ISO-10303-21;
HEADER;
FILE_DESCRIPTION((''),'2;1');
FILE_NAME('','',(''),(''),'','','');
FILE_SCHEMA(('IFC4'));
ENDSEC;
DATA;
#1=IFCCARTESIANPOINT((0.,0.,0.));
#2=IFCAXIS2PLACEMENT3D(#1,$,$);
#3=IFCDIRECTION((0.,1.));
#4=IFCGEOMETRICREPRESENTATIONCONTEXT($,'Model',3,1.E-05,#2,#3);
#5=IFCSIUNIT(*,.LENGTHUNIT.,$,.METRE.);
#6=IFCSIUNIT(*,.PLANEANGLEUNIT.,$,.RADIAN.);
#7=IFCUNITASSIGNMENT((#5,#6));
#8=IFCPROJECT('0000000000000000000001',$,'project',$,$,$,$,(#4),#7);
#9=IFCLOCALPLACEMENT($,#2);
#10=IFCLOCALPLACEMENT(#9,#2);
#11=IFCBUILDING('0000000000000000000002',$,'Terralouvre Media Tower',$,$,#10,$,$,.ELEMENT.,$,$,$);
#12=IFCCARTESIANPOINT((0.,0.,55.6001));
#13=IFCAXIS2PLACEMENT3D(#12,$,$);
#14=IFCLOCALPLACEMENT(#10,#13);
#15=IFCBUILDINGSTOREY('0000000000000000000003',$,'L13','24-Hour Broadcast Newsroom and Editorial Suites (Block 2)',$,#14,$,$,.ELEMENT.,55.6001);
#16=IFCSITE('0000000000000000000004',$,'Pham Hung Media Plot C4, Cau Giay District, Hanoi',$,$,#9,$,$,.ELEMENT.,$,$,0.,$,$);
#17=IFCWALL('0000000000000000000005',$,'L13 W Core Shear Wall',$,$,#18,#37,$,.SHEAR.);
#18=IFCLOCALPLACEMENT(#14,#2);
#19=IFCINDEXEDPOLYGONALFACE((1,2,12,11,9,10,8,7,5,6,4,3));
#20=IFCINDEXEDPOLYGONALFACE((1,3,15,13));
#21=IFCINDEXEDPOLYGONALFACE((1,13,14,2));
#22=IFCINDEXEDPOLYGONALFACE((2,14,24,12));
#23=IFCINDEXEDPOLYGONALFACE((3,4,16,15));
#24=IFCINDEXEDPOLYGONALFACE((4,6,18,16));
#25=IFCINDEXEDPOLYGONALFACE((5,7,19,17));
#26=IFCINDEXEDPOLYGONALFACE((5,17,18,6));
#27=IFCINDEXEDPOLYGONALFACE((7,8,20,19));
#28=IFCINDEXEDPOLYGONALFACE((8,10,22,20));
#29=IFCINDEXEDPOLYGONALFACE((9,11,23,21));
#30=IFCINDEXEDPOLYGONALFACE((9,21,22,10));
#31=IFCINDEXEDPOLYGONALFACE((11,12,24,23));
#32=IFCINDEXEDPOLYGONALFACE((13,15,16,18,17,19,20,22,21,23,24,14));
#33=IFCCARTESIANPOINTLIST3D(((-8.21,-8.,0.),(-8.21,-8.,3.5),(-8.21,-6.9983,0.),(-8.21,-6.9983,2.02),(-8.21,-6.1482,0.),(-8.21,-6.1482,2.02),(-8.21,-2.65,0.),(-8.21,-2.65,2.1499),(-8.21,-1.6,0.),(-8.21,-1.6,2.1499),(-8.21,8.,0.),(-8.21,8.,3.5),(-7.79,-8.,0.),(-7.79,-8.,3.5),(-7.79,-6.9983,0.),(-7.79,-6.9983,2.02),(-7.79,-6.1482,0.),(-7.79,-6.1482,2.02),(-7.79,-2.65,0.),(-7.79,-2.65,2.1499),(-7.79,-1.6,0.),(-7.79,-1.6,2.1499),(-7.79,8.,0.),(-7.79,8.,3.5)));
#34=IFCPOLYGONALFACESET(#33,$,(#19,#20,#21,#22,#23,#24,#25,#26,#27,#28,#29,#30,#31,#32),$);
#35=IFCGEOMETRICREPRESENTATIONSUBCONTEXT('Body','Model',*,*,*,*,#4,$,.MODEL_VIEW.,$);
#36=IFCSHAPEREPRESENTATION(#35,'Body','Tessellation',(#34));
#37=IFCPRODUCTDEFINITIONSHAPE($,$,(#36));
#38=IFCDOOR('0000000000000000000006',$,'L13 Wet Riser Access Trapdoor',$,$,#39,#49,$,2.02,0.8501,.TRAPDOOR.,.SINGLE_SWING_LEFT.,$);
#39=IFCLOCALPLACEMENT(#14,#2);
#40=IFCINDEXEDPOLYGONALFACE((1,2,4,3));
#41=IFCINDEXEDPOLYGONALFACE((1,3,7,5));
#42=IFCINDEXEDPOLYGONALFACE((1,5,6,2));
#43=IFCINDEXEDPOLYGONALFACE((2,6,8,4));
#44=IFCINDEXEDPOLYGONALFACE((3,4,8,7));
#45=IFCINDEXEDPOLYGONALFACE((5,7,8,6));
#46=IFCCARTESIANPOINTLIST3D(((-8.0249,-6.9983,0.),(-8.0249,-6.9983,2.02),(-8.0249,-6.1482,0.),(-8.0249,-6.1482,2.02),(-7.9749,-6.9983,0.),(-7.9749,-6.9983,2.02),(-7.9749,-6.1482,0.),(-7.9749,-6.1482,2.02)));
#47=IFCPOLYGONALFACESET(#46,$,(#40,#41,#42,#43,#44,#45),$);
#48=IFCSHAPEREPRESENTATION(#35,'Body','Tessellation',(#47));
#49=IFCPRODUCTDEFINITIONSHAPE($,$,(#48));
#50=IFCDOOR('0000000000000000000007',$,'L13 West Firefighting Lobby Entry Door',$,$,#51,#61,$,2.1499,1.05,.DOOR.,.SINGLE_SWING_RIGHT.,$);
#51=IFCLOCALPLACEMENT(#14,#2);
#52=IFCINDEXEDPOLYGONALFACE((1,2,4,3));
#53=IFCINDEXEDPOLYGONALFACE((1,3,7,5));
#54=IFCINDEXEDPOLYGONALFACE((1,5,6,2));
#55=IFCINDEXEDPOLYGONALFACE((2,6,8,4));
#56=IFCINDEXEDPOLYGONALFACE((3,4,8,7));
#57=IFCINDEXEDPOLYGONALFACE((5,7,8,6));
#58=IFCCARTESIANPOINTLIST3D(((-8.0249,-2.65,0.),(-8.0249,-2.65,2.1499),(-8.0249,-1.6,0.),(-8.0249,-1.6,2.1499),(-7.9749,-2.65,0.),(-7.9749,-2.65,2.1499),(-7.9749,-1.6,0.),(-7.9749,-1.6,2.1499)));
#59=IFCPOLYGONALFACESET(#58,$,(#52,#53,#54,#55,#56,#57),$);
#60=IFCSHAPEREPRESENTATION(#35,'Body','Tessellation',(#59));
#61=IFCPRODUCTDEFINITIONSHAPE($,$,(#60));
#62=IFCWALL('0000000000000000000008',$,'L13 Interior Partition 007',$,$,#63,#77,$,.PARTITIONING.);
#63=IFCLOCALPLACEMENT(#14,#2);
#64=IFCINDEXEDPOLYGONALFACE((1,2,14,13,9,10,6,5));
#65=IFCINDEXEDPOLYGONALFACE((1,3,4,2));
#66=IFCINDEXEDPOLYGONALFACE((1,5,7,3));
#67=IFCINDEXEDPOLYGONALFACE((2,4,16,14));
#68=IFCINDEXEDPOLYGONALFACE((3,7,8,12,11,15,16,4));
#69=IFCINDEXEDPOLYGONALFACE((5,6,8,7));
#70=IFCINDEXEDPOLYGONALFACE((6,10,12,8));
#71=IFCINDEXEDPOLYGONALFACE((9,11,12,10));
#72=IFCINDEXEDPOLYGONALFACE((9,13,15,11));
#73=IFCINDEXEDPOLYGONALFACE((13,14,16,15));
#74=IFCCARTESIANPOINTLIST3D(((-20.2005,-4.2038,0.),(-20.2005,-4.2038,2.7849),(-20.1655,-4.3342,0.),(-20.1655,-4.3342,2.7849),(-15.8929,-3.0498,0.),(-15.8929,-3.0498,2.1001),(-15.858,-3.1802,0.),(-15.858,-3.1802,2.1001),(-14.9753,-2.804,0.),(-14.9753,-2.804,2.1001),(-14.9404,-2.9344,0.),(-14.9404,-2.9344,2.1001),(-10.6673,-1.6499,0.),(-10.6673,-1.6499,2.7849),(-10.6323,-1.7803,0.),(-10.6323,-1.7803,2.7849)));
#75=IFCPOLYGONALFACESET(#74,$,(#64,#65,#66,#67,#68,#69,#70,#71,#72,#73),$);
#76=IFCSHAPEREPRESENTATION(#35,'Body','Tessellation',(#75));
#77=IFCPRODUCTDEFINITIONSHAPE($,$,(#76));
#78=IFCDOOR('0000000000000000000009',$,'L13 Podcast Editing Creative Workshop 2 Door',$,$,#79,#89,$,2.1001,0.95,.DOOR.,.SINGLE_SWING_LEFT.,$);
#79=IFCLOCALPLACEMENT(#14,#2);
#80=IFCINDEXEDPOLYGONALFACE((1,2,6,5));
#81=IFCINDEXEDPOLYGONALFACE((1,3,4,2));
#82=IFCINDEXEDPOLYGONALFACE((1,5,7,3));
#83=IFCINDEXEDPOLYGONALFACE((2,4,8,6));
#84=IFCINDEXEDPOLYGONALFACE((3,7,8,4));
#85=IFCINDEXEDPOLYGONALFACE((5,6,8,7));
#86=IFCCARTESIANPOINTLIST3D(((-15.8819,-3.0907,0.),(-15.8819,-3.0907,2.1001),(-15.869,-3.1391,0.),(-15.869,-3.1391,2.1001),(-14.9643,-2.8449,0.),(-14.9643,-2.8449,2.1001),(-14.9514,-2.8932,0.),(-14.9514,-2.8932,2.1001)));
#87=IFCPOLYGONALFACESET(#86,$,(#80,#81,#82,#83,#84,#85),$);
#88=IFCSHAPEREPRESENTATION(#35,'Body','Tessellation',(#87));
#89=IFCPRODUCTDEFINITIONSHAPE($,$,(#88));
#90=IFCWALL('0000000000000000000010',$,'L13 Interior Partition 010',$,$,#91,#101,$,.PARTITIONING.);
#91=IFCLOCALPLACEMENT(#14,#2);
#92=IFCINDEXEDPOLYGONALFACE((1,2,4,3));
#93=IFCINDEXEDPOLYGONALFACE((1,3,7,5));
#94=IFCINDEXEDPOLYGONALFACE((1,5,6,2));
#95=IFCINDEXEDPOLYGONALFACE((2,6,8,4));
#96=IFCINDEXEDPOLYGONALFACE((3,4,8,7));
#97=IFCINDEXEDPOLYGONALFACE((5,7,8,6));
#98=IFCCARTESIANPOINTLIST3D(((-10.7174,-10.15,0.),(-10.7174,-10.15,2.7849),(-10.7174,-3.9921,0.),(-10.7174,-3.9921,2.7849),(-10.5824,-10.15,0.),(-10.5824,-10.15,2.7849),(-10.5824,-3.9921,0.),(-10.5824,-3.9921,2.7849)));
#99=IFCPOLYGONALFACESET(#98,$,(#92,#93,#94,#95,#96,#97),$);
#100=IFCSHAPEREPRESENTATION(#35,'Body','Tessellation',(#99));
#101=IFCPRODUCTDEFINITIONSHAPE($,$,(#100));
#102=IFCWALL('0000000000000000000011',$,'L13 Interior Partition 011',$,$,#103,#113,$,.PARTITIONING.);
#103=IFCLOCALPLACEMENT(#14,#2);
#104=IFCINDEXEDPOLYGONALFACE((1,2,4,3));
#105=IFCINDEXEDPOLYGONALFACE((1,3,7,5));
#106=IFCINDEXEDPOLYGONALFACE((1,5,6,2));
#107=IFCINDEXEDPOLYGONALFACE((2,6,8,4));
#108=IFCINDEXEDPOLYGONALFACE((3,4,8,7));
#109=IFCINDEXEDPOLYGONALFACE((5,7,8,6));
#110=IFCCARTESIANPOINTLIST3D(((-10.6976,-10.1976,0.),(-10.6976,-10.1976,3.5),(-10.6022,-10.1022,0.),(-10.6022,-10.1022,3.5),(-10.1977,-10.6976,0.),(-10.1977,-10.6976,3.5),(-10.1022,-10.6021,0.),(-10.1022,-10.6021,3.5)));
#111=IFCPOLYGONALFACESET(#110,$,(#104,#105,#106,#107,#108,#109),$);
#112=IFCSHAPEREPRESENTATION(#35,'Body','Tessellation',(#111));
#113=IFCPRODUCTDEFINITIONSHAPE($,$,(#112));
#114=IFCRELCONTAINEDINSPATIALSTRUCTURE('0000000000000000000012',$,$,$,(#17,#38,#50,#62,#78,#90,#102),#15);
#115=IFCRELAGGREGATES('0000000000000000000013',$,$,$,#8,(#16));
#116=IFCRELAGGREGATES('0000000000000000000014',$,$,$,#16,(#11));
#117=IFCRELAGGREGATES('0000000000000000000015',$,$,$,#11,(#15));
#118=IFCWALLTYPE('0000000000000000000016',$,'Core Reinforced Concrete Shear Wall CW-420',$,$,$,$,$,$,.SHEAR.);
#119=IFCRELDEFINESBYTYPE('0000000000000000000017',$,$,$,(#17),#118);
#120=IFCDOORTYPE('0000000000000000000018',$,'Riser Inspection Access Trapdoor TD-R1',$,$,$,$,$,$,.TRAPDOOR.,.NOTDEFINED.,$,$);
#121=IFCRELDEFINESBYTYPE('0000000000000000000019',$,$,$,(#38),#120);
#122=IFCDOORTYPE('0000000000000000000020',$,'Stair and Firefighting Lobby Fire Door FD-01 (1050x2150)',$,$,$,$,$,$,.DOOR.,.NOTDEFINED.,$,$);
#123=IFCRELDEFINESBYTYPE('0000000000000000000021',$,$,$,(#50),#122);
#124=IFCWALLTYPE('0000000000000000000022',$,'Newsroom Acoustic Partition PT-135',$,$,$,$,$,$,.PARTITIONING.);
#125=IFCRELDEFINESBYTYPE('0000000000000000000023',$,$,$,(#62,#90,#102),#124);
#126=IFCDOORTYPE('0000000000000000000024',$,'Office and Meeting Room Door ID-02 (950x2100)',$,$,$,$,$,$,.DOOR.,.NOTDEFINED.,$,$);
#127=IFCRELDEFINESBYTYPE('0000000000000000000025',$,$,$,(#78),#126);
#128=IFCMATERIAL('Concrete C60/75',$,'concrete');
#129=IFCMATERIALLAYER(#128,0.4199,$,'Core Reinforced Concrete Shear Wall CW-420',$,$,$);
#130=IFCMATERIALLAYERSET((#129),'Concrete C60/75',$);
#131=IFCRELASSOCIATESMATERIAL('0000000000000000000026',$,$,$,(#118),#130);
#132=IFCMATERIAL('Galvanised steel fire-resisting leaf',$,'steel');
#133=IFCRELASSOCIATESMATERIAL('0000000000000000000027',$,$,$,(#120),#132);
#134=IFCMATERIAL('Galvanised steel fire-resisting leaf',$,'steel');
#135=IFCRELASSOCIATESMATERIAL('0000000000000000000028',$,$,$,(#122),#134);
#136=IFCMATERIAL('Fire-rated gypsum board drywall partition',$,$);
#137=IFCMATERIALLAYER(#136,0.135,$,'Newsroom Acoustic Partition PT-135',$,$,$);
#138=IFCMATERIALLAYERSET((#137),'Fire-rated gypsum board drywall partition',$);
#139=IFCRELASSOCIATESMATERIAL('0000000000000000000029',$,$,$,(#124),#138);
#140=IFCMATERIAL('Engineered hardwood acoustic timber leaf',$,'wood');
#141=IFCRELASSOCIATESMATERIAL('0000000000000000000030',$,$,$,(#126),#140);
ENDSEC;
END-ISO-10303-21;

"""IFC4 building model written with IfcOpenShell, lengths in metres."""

from ifc_helpers import new_model, si_unit, direction, frame, frame_2d, origin, place, context, subcontext, project, spatial, rectangle, extrude, material, layer, layer_set, type_object, element, fill, save


model = new_model("IFC4")

# Units and contexts
model_context = context("Model", 3, precision=1e-05, world=origin(), true_north=direction((0.0, 1.0)))
body_context = subcontext(model_context, "Body", "Model", "MODEL_VIEW")
ifc_project = project(units=[si_unit("LENGTHUNIT", "METRE"), si_unit("PLANEANGLEUNIT", "RADIAN")], contexts=[model_context])

# Site, building, storey
site_placement = place(None, origin())
site = spatial("IfcSite", under=ifc_project, at=site_placement, Name="Pham Hung Media Plot C4, Cau Giay District, Hanoi", CompositionType="ELEMENT", RefElevation=0.0)
building_placement = place(site_placement, origin())
building = spatial("IfcBuilding", under=site, at=building_placement, Name="Terralouvre Media Tower", CompositionType="ELEMENT")
storey_placement = place(building_placement, frame((0.0, 0.0, 55.6001)))
storey = spatial("IfcBuildingStorey", under=building, at=storey_placement, Name="L13", Description="24-Hour Broadcast Newsroom and Editorial Suites (Block 2)", CompositionType="ELEMENT", Elevation=55.6001)

# Wall, openings, doors
ifc_material_1 = material(Name="Concrete C60/75", Category="concrete")
ifc_layer_1 = layer(ifc_material_1, 0.4199, Name="Core Reinforced Concrete Shear Wall CW-420")
ifc_layer_set_1 = layer_set([ifc_layer_1], Name="Concrete C60/75")
wall_type_1 = type_object("IfcWallType", Name="Core Reinforced Concrete Shear Wall CW-420", PredefinedType="SHEAR", material=ifc_layer_set_1)
wall_1_placement = place(storey_placement, frame((-8.0, -8.0, 0.0), z_axis=(0.0, 0.0, 1.0), x_axis=(0.0, 1.0, 0.0)))
wall_1 = element("IfcWall", 1, at=wall_1_placement, inside=storey, type_object=wall_type_1, Name="L13 W Core Shear Wall", PredefinedType="SHEAR", context=body_context, shape_type="SweptSolid", body=[
    extrude(rectangle(XDim=16.0, YDim=0.4199, at=frame_2d((8.0, 0.0))), origin(), (0.0, 0.0, 1.0), 3.5),
])
opening_1_placement = place(wall_1_placement, frame((1.0017, 0.0, 0.0)))
opening_1 = element("IfcOpeningElement", 2, at=opening_1_placement, cuts=wall_1, PredefinedType="OPENING", context=body_context, shape_type="SweptSolid", body=[
    extrude(rectangle(XDim=0.8501, YDim=2.02, at=frame_2d((0.425, 1.01))), frame((0.0, 0.22, 0.0), z_axis=(0.0, -1.0, 0.0), x_axis=(1.0, 0.0, 0.0)), (0.0, 0.0, 1.0), 0.4399),
])
opening_2_placement = place(wall_1_placement, frame((5.3501, 0.0, 0.0)))
opening_2 = element("IfcOpeningElement", 3, at=opening_2_placement, cuts=wall_1, PredefinedType="OPENING", context=body_context, shape_type="SweptSolid", body=[
    extrude(rectangle(XDim=1.05, YDim=2.1499, at=frame_2d((0.5249, 1.075))), frame((0.0, 0.22, 0.0), z_axis=(0.0, -1.0, 0.0), x_axis=(1.0, 0.0, 0.0)), (0.0, 0.0, 1.0), 0.4399),
])
ifc_material_2 = material(Name="Galvanised steel fire-resisting leaf", Category="steel")
door_type_1 = type_object("IfcDoorType", Name="Riser Inspection Access Trapdoor TD-R1", OperationType="NOTDEFINED", PredefinedType="TRAPDOOR", material=ifc_material_2)
door_1_placement = place(opening_1_placement, origin())
door_1 = element("IfcDoor", 4, at=door_1_placement, inside=storey, type_object=door_type_1, Name="L13 Wet Riser Access Trapdoor", OperationType="SINGLE_SWING_LEFT", OverallHeight=2.02, OverallWidth=0.8501, PredefinedType="TRAPDOOR", context=body_context, shape_type="SweptSolid", body=[
    extrude(rectangle(XDim=0.8501, YDim=2.02, at=frame_2d((0.425, 1.01))), frame((0.0, 0.0249, 0.0), z_axis=(0.0, -1.0, 0.0), x_axis=(1.0, 0.0, 0.0)), (0.0, 0.0, 1.0), 0.05),
])
fill(opening_1, door_1)
ifc_material_3 = material(Name="Galvanised steel fire-resisting leaf", Category="steel")
door_type_2 = type_object("IfcDoorType", Name="Stair and Firefighting Lobby Fire Door FD-01 (1050x2150)", OperationType="NOTDEFINED", PredefinedType="DOOR", material=ifc_material_3)
door_2_placement = place(opening_2_placement, origin())
door_2 = element("IfcDoor", 5, at=door_2_placement, inside=storey, type_object=door_type_2, Name="L13 West Firefighting Lobby Entry Door", OperationType="SINGLE_SWING_RIGHT", OverallHeight=2.1499, OverallWidth=1.05, PredefinedType="DOOR", context=body_context, shape_type="SweptSolid", body=[
    extrude(rectangle(XDim=1.05, YDim=2.1499, at=frame_2d((0.5249, 1.075))), frame((0.0, 0.0249, 0.0), z_axis=(0.0, -1.0, 0.0), x_axis=(1.0, 0.0, 0.0)), (0.0, 0.0, 1.0), 0.05),
])
fill(opening_2, door_2)

# Wall, opening, door
ifc_material_4 = material(Name="Fire-rated gypsum board drywall partition")
ifc_layer_2 = layer(ifc_material_4, 0.135, Name="Newsroom Acoustic Partition PT-135")
ifc_layer_set_2 = layer_set([ifc_layer_2], Name="Fire-rated gypsum board drywall partition")
wall_type_2 = type_object("IfcWallType", Name="Newsroom Acoustic Partition PT-135", PredefinedType="PARTITIONING", material=ifc_layer_set_2)
wall_2_placement = place(storey_placement, frame((-10.6499, -1.7151, 0.0), z_axis=(0.0, 0.0, 1.0), x_axis=(-0.965937, -0.258776, 0.0)))
wall_2 = element("IfcWall", 6, at=wall_2_placement, inside=storey, type_object=wall_type_2, Name="L13 Interior Partition 007", PredefinedType="PARTITIONING", context=body_context, shape_type="SweptSolid", body=[
    extrude(rectangle(XDim=9.8694, YDim=0.135, at=frame_2d((4.9346, 0.0))), origin(), (0.0, 0.0, 1.0), 2.7849),
])
opening_3_placement = place(wall_2_placement, frame((4.4597, 0.0, 0.0)))
opening_3 = element("IfcOpeningElement", 7, at=opening_3_placement, cuts=wall_2, PredefinedType="OPENING", context=body_context, shape_type="SweptSolid", body=[
    extrude(rectangle(XDim=0.95, YDim=2.1001, at=frame_2d((0.4751, 1.05))), frame((0.0, 0.0774, 0.0), z_axis=(0.0, -1.0, 0.0), x_axis=(1.0, 0.0, 0.0)), (0.0, 0.0, 1.0), 0.155),
])
ifc_material_5 = material(Name="Engineered hardwood acoustic timber leaf", Category="wood")
door_type_3 = type_object("IfcDoorType", Name="Office and Meeting Room Door ID-02 (950x2100)", OperationType="NOTDEFINED", PredefinedType="DOOR", material=ifc_material_5)
door_3_placement = place(opening_3_placement, origin())
door_3 = element("IfcDoor", 8, at=door_3_placement, inside=storey, type_object=door_type_3, Name="L13 Podcast Editing Creative Workshop 2 Door", OperationType="SINGLE_SWING_LEFT", OverallHeight=2.1001, OverallWidth=0.95, PredefinedType="DOOR", context=body_context, shape_type="SweptSolid", body=[
    extrude(rectangle(XDim=0.95, YDim=2.1001, at=frame_2d((0.4751, 1.05))), frame((0.0, 0.0249, 0.0), z_axis=(0.0, -1.0, 0.0), x_axis=(1.0, 0.0, 0.0)), (0.0, 0.0, 1.0), 0.05),
])
fill(opening_3, door_3)

# Walls
wall_3_placement = place(storey_placement, frame((-10.6499, -3.9919, 0.0), z_axis=(0.0, 0.0, 1.0), x_axis=(0.0, -1.0, 0.0)))
element("IfcWall", 9, at=wall_3_placement, inside=storey, type_object=wall_type_2, Name="L13 Interior Partition 010", PredefinedType="PARTITIONING", context=body_context, shape_type="SweptSolid", body=[
    extrude(rectangle(XDim=6.158, YDim=0.135, at=frame_2d((3.0791, 0.0))), origin(), (0.0, 0.0, 1.0), 2.7849),
])
wall_4_placement = place(storey_placement, frame((-10.6499, -10.1499, 0.0), z_axis=(0.0, 0.0, 1.0), x_axis=(0.707107, -0.707107, 0.0)))
element("IfcWall", 10, at=wall_4_placement, inside=storey, type_object=wall_type_2, Name="L13 Interior Partition 011", PredefinedType="PARTITIONING", context=body_context, shape_type="SweptSolid", body=[
    extrude(rectangle(XDim=0.707, YDim=0.135, at=frame_2d((0.3535, 0.0))), origin(), (0.0, 0.0, 1.0), 3.5),
])

save(model, "model.ifc")
